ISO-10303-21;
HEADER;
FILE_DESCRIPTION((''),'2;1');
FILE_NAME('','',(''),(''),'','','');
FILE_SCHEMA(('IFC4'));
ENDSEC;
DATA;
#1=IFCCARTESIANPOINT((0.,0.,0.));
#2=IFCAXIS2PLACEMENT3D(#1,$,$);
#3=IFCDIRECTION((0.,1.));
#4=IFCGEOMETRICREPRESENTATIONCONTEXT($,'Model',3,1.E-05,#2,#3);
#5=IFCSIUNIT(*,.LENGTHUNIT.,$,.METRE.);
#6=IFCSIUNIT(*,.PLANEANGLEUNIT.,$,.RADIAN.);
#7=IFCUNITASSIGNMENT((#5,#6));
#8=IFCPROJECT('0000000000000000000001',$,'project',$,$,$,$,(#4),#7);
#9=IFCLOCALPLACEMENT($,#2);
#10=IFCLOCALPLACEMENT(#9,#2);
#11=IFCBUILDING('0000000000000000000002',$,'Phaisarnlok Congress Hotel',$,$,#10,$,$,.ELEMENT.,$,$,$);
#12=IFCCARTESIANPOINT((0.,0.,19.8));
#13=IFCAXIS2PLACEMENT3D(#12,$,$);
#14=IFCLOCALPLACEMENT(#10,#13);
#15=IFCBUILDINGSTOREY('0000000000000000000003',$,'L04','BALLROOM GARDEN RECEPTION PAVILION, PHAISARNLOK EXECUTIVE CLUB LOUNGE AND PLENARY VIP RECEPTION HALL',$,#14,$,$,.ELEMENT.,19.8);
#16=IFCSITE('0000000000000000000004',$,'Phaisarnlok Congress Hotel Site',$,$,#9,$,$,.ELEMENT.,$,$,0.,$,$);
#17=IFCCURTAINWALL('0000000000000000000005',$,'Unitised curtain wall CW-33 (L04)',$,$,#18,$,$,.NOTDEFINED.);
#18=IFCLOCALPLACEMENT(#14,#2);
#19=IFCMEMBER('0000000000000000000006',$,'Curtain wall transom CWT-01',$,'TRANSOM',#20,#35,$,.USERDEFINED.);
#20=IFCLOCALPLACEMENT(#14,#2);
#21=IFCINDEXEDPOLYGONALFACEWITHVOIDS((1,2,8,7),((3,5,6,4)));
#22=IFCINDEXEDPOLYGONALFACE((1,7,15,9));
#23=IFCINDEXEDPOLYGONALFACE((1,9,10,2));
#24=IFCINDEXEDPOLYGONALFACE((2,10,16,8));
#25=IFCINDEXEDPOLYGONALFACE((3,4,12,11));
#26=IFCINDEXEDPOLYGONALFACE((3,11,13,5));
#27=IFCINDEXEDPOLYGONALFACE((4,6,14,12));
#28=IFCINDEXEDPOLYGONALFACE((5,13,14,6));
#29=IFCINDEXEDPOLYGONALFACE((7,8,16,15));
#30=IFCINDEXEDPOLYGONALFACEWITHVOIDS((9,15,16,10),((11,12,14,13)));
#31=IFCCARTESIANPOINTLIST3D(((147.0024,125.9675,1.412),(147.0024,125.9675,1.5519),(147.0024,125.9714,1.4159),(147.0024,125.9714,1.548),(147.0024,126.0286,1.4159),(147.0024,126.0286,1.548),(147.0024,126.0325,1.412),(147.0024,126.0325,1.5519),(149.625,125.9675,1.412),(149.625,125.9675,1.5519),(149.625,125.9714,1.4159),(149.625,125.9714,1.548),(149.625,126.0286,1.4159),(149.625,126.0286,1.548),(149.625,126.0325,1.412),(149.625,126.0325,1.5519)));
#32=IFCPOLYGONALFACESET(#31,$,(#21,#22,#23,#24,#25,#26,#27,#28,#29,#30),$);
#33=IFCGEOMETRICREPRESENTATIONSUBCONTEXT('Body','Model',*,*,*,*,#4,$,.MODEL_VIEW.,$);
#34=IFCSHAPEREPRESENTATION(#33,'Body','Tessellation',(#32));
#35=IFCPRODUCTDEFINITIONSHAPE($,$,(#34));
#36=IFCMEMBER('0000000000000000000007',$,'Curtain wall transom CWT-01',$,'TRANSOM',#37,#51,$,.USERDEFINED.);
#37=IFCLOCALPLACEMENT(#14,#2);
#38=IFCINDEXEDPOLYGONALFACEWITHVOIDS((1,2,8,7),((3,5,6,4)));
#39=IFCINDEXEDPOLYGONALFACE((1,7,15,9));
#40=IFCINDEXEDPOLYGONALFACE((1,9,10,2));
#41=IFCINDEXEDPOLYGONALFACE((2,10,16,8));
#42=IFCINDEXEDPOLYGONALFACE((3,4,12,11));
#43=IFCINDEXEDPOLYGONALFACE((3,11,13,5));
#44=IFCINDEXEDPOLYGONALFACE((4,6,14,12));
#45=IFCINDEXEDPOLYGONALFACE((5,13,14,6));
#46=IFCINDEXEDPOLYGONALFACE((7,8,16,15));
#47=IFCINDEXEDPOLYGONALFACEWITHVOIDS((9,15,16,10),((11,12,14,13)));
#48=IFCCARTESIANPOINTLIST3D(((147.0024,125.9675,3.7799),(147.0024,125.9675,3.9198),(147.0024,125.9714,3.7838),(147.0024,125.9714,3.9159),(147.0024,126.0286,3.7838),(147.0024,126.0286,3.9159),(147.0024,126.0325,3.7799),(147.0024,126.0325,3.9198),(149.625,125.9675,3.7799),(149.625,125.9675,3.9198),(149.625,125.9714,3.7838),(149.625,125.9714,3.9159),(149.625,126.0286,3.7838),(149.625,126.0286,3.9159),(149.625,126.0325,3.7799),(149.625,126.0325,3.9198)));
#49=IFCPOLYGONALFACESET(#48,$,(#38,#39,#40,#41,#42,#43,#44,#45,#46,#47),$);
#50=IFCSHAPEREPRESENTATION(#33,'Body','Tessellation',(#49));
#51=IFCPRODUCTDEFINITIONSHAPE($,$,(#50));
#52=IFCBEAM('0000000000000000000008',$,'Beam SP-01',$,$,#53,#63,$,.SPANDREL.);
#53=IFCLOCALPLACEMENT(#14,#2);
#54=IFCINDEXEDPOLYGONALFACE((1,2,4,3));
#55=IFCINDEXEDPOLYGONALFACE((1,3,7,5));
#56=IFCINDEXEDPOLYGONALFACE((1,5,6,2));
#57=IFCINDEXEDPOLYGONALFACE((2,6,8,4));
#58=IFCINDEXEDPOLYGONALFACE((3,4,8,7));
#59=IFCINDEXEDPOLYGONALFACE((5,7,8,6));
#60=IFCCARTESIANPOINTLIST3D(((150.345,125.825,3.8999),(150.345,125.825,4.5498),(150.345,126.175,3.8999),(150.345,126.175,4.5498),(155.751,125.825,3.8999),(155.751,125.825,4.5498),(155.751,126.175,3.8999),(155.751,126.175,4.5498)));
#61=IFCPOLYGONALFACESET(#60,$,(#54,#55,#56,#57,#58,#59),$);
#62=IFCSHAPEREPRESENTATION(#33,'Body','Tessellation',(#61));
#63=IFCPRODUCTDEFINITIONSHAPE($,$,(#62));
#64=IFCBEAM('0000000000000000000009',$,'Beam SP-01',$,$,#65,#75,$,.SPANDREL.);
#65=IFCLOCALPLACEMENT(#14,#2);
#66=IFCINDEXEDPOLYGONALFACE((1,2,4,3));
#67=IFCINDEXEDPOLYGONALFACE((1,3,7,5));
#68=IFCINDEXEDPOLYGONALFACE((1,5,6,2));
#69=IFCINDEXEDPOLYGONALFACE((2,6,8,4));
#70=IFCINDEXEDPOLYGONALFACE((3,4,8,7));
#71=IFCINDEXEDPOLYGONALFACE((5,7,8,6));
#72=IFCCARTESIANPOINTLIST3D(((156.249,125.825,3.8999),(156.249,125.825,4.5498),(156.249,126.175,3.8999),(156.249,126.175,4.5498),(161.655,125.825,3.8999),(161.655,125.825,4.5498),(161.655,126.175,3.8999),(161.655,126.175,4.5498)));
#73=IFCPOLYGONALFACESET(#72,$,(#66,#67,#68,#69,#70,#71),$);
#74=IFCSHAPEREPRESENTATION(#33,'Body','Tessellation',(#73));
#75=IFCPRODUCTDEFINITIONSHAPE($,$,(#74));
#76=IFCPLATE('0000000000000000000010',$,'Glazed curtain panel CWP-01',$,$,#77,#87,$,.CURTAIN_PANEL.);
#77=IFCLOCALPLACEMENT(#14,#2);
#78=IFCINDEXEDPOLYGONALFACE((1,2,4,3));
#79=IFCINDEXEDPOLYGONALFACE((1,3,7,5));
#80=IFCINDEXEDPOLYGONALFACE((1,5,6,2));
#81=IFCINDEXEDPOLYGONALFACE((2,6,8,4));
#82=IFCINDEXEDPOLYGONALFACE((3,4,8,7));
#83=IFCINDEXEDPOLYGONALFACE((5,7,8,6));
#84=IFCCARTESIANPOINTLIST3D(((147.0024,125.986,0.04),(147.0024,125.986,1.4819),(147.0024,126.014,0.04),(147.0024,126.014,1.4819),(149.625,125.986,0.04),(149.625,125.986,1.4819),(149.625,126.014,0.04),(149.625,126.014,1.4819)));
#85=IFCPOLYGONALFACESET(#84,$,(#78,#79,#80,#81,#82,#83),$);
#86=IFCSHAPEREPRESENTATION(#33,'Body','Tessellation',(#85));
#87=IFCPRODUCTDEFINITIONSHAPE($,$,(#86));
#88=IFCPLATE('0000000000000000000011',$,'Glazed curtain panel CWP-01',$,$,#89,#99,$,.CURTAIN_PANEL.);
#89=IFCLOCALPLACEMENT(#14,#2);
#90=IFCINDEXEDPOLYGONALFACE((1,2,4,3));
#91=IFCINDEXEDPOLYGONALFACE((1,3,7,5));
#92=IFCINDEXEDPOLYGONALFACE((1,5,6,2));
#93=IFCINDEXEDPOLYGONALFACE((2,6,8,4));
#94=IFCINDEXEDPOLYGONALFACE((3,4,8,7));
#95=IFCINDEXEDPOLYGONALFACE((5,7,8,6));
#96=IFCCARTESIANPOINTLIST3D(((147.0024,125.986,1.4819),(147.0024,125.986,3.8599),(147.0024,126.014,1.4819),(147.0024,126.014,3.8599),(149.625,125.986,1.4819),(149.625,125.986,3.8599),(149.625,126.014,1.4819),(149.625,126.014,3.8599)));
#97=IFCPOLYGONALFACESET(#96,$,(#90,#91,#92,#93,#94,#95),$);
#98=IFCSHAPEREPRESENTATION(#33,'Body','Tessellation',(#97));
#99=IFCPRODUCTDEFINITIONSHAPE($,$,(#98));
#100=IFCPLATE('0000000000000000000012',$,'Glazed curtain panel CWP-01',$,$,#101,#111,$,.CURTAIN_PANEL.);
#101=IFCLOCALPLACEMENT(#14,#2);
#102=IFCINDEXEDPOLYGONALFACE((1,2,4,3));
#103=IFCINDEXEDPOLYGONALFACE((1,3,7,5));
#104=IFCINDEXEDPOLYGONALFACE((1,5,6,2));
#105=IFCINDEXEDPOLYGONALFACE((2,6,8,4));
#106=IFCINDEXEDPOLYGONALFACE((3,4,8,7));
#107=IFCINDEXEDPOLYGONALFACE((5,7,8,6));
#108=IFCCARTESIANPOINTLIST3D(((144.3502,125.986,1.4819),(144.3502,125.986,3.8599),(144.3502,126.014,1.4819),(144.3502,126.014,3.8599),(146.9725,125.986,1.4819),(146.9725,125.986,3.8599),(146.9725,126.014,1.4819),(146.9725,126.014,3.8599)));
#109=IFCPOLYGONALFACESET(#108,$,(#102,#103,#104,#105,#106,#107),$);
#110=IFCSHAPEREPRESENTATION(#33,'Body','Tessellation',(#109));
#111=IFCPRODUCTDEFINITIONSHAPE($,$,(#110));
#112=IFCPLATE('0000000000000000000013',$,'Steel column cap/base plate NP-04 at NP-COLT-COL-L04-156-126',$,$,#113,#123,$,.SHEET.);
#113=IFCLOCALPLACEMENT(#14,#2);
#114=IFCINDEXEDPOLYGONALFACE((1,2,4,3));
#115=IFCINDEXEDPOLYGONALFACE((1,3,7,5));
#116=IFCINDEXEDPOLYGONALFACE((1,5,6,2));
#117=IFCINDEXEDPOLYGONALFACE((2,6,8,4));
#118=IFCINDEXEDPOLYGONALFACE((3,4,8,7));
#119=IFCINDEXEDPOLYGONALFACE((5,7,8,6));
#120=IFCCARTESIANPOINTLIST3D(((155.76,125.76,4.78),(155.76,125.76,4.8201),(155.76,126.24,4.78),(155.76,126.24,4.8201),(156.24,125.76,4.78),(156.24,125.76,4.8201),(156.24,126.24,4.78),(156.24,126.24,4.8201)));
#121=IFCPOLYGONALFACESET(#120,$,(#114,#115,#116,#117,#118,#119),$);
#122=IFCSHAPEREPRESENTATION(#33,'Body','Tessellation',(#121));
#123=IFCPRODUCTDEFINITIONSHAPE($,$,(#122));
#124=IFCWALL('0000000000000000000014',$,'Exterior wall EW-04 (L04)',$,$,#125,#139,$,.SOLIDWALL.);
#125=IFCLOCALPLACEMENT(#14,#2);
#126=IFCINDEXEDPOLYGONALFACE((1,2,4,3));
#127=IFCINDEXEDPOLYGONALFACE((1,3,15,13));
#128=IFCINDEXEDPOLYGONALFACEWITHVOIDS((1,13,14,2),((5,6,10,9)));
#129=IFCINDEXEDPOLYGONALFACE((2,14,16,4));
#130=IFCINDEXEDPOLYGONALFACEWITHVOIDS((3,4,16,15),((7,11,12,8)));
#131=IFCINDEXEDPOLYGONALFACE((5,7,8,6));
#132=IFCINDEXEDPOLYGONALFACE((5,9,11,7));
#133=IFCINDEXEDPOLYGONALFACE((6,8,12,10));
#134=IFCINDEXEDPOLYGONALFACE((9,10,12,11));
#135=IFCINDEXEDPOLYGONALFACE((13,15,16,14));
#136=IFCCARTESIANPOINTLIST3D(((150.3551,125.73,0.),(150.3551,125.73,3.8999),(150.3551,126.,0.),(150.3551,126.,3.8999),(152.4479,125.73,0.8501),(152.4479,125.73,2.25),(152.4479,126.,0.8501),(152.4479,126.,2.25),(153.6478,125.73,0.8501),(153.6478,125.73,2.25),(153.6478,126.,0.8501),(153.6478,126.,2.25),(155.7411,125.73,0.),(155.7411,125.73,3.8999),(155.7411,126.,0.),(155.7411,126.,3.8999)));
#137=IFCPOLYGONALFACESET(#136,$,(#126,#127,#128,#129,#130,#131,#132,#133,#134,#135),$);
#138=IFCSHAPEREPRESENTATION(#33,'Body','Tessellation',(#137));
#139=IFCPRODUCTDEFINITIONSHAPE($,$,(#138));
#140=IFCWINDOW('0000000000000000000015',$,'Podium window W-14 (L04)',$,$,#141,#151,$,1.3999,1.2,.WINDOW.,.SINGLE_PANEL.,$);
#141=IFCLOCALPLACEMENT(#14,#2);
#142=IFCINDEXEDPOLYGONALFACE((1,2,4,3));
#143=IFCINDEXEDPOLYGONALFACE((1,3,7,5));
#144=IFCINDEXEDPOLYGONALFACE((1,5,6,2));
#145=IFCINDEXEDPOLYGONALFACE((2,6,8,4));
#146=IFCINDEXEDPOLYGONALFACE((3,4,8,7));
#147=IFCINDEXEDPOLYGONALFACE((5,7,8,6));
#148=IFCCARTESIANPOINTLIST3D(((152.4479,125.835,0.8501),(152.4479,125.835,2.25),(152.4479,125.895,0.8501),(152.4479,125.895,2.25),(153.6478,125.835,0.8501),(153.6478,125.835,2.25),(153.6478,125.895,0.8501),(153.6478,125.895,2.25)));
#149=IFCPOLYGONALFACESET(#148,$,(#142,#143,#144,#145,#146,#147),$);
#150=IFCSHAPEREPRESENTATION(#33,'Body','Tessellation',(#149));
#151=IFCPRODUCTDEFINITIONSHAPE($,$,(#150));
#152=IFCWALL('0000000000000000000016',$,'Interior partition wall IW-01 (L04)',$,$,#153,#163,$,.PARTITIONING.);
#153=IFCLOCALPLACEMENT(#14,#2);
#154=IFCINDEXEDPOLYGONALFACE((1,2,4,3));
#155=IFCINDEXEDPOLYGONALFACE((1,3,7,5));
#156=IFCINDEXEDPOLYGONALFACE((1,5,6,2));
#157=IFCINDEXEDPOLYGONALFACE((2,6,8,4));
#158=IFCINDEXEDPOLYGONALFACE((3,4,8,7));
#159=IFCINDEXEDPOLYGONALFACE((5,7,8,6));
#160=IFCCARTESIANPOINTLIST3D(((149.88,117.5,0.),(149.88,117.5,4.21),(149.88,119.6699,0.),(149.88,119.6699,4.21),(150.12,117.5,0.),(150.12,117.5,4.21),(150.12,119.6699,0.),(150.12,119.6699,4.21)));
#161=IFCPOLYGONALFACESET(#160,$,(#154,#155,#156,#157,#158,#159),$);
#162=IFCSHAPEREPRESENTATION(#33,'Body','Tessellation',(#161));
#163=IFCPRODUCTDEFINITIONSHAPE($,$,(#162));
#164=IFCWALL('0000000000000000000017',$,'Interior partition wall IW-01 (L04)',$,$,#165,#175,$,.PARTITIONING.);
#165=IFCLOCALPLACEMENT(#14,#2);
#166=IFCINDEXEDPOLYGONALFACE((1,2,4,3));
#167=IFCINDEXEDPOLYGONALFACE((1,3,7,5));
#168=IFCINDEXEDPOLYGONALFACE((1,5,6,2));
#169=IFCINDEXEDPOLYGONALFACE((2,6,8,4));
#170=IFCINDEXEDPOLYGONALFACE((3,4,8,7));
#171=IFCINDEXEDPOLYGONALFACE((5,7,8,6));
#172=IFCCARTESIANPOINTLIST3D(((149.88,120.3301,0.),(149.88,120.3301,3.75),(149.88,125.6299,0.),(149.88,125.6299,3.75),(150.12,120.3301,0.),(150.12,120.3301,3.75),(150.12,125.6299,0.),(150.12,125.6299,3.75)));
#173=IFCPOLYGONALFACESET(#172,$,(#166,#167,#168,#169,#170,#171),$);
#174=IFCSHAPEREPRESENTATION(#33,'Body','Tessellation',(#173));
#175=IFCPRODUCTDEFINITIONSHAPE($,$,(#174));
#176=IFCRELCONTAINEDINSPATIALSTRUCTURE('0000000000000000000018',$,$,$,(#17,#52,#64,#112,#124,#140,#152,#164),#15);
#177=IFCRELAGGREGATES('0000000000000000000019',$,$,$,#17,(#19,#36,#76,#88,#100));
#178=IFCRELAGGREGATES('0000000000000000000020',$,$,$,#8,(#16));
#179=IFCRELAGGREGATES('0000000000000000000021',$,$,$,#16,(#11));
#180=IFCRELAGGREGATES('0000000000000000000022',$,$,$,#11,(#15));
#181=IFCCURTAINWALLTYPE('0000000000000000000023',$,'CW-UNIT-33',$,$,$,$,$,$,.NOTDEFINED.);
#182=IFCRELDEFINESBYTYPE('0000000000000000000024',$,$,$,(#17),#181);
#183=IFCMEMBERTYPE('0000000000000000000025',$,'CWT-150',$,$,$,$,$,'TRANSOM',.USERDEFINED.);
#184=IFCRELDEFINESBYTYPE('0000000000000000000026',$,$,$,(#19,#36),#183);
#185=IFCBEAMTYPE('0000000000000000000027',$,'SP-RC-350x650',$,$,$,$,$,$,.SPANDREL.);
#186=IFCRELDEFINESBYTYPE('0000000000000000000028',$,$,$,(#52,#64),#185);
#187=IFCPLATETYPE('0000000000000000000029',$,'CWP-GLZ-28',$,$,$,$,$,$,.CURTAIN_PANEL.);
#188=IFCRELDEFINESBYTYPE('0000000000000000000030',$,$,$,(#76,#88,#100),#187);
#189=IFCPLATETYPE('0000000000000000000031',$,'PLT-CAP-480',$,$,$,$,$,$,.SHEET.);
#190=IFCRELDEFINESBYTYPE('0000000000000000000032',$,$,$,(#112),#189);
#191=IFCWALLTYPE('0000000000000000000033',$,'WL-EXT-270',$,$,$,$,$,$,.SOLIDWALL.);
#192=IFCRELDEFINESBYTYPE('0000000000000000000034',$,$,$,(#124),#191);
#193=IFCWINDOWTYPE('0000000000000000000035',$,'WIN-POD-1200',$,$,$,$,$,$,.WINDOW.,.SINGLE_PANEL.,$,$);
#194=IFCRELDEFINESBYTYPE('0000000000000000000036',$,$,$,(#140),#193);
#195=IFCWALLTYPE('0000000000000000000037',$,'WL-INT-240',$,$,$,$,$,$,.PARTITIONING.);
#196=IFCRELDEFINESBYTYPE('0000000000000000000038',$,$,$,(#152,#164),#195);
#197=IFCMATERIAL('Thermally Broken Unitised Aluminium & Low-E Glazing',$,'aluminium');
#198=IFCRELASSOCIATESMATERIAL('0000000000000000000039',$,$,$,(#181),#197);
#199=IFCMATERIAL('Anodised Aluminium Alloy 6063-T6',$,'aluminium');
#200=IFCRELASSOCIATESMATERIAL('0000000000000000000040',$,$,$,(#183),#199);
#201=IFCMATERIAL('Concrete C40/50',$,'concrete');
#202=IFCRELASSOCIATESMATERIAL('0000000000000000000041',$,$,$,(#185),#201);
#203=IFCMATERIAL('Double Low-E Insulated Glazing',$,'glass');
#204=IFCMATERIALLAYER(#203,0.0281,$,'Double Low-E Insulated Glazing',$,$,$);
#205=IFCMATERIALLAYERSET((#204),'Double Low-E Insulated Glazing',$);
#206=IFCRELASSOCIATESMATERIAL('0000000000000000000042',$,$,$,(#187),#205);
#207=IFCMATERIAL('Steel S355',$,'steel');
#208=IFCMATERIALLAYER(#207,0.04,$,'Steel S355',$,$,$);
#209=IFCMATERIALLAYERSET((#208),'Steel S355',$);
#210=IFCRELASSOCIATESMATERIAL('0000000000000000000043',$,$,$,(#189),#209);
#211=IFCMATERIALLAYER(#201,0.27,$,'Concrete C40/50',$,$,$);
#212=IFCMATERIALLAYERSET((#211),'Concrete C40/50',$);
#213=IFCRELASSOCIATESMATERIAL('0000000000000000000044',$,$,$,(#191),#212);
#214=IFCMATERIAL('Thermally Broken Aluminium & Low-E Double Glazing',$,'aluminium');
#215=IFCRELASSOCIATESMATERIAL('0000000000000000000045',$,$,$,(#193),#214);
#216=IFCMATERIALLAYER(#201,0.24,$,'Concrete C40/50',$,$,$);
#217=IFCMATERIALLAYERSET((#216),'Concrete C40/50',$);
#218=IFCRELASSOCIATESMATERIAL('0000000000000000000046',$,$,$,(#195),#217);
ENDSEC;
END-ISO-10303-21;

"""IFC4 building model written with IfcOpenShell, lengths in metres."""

from ifc_helpers import new_model, si_unit, direction, frame, frame_2d, origin, origin_2d, place, context, subcontext, project, spatial, rectangle, hollow_rectangle, extrude, material, layer, layer_set, material_profile, profile_set, type_object, element, fill, aggregate, save


model = new_model("IFC4")

# Units and contexts
model_context = context("Model", 3, precision=1e-05, world=origin(), true_north=direction((0.0, 1.0)))
body_context = subcontext(model_context, "Body", "Model", "MODEL_VIEW")
ifc_project = project(units=[si_unit("LENGTHUNIT", "METRE"), si_unit("PLANEANGLEUNIT", "RADIAN")], contexts=[model_context])

# Site, building, storey
site_placement = place(None, origin())
site = spatial("IfcSite", under=ifc_project, at=site_placement, Name="Phaisarnlok Congress Hotel Site", CompositionType="ELEMENT", RefElevation=0.0)
building_placement = place(site_placement, origin())
building = spatial("IfcBuilding", under=site, at=building_placement, Name="Phaisarnlok Congress Hotel", CompositionType="ELEMENT")
storey_placement = place(building_placement, frame((0.0, 0.0, 19.8)))
storey = spatial("IfcBuildingStorey", under=building, at=storey_placement, Name="L04", Description="BALLROOM GARDEN RECEPTION PAVILION, PHAISARNLOK EXECUTIVE CLUB LOUNGE AND PLENARY VIP RECEPTION HALL", CompositionType="ELEMENT", Elevation=19.8)

# Shared definitions
ifc_material_1 = material(Name="Steel S355", Category="steel")

# Shared definitions
ifc_material_2 = material(Name="Concrete C40/50", Category="concrete")

# Curtain wall, members
ifc_material_3 = material(Name="Thermally Broken Unitised Aluminium & Low-E Glazing", Category="aluminium")
curtain_wall_type = type_object("IfcCurtainWallType", Name="CW-UNIT-33", PredefinedType="NOTDEFINED", material=ifc_material_3)
curtain_wall_placement = place(storey_placement, origin())
curtain_wall = element("IfcCurtainWall", 1, at=curtain_wall_placement, inside=storey, type_object=curtain_wall_type, Name="Unitised curtain wall CW-33 (L04)", PredefinedType="NOTDEFINED")
ifc_material_4 = material(Name="Anodised Aluminium Alloy 6063-T6", Category="aluminium")
ifc_material_profile_1 = material_profile(ifc_material_4, hollow_rectangle(XDim=0.0649, YDim=0.1399, WallThickness=0.0039, at=origin_2d()), Name="ALU-T 65x140x4")
ifc_profile_set_1 = profile_set([ifc_material_profile_1], Name="Anodised Aluminium Alloy 6063-T6")
member_type_1 = type_object("IfcMemberType", Name="CWT-150", ElementType="TRANSOM", PredefinedType="USERDEFINED", material=ifc_profile_set_1)
member_1_placement = place(storey_placement, frame((149.625, 126.0, 1.4819), z_axis=(-1.0, 0.0, 0.0), x_axis=(0.0, -1.0, 0.0)))
member_1 = element("IfcMember", 2, at=member_1_placement, type_object=member_type_1, Name="Curtain wall transom CWT-01", ObjectType="TRANSOM", PredefinedType="USERDEFINED", context=body_context, shape_type="SweptSolid", body=[
    extrude(hollow_rectangle(XDim=0.0649, YDim=0.1399, WallThickness=0.0039, at=origin_2d()), origin(), (0.0, 0.0, 1.0), 2.6226),
])
member_2_placement = place(storey_placement, frame((149.625, 126.0, 3.8499), z_axis=(-1.0, 0.0, 0.0), x_axis=(0.0, -1.0, 0.0)))
member_2 = element("IfcMember", 3, at=member_2_placement, type_object=member_type_1, Name="Curtain wall transom CWT-01", ObjectType="TRANSOM", PredefinedType="USERDEFINED", context=body_context, shape_type="SweptSolid", body=[
    extrude(hollow_rectangle(XDim=0.0649, YDim=0.1399, WallThickness=0.0039, at=origin_2d()), origin(), (0.0, 0.0, 1.0), 2.6226),
])

# Beams
ifc_material_profile_2 = material_profile(ifc_material_2, rectangle(XDim=0.3501, YDim=0.6499, at=origin_2d()), Name="RC 350x650")
ifc_profile_set_2 = profile_set([ifc_material_profile_2], Name="Concrete C40/50")
beam_type_1 = type_object("IfcBeamType", Name="SP-RC-350x650", PredefinedType="SPANDREL", material=ifc_profile_set_2)
for number, where, z_axis, x_axis, name in (
    (4, (150.345, 126.0, 4.2249), (1.0, 0.0, 0.0), (0.0, 1.0, 0.0), "Beam SP-01"),
    (5, (156.249, 126.0, 4.2249), (1.0, 0.0, 0.0), (0.0, 1.0, 0.0), "Beam SP-01"),
):
    element("IfcBeam", number, at=place(storey_placement, frame(where, z_axis=z_axis, x_axis=x_axis)), inside=storey, type_object=beam_type_1, Name=name, PredefinedType="SPANDREL", context=body_context, shape_type="SweptSolid", body=[
        extrude(rectangle(XDim=0.3501, YDim=0.6499, at=origin_2d()), origin(), (0.0, 0.0, 1.0), 5.406),
    ])

# Plates
ifc_material_5 = material(Name="Double Low-E Insulated Glazing", Category="glass")
ifc_layer_1 = layer(ifc_material_5, 0.0281, Name="Double Low-E Insulated Glazing")
ifc_layer_set_1 = layer_set([ifc_layer_1], Name="Double Low-E Insulated Glazing")
plate_type_1 = type_object("IfcPlateType", Name="CWP-GLZ-28", PredefinedType="CURTAIN_PANEL", material=ifc_layer_set_1)
plate_1_placement = place(storey_placement, frame((149.625, 126.0, 0.04), z_axis=(0.0, 0.0, 1.0), x_axis=(-1.0, 0.0, 0.0)))
plate_1 = element("IfcPlate", 6, at=plate_1_placement, type_object=plate_type_1, Name="Glazed curtain panel CWP-01", PredefinedType="CURTAIN_PANEL", context=body_context, shape_type="SweptSolid", body=[
    extrude(rectangle(XDim=2.6226, YDim=0.0281, at=frame_2d((1.3113, 0.0))), origin(), (0.0, 0.0, 1.0), 1.4419),
])
plate_2_placement = place(storey_placement, frame((149.625, 126.0, 1.4819), z_axis=(0.0, 0.0, 1.0), x_axis=(-1.0, 0.0, 0.0)))
plate_2 = element("IfcPlate", 7, at=plate_2_placement, type_object=plate_type_1, Name="Glazed curtain panel CWP-01", PredefinedType="CURTAIN_PANEL", context=body_context, shape_type="SweptSolid", body=[
    extrude(rectangle(XDim=2.6226, YDim=0.0281, at=frame_2d((1.3113, 0.0))), origin(), (0.0, 0.0, 1.0), 2.3779),
])
plate_3_placement = place(storey_placement, frame((146.9724, 126.0, 1.4819), z_axis=(0.0, 0.0, 1.0), x_axis=(-1.0, 0.0, 0.0)))
plate_3 = element("IfcPlate", 8, at=plate_3_placement, type_object=plate_type_1, Name="Glazed curtain panel CWP-01", PredefinedType="CURTAIN_PANEL", context=body_context, shape_type="SweptSolid", body=[
    extrude(rectangle(XDim=2.6223, YDim=0.0281, at=frame_2d((1.311, 0.0))), origin(), (0.0, 0.0, 1.0), 2.3779),
])
aggregate(curtain_wall, [member_1, member_2, plate_1, plate_2, plate_3])
ifc_layer_2 = layer(ifc_material_1, 0.04, Name="Steel S355")
ifc_layer_set_2 = layer_set([ifc_layer_2], Name="Steel S355")
plate_type_2 = type_object("IfcPlateType", Name="PLT-CAP-480", PredefinedType="SHEET", material=ifc_layer_set_2)
plate_4_placement = place(storey_placement, frame((156.0, 126.0, 4.78), z_axis=(0.0, 0.0, 1.0), x_axis=(1.0, 0.0, 0.0)))
element("IfcPlate", 9, at=plate_4_placement, inside=storey, type_object=plate_type_2, Name="Steel column cap/base plate NP-04 at NP-COLT-COL-L04-156-126", PredefinedType="SHEET", context=body_context, shape_type="SweptSolid", body=[
    extrude(rectangle(XDim=0.48, YDim=0.48, at=origin_2d()), origin(), (0.0, 0.0, 1.0), 0.04),
])

# Wall, opening, window
ifc_layer_3 = layer(ifc_material_2, 0.27, Name="Concrete C40/50")
ifc_layer_set_3 = layer_set([ifc_layer_3], Name="Concrete C40/50")
wall_type_1 = type_object("IfcWallType", Name="WL-EXT-270", PredefinedType="SOLIDWALL", material=ifc_layer_set_3)
wall_1_placement = place(storey_placement, frame((155.741, 125.865, 0.0), z_axis=(0.0, 0.0, 1.0), x_axis=(-1.0, 0.0, 0.0)))
wall_1 = element("IfcWall", 10, at=wall_1_placement, inside=storey, type_object=wall_type_1, Name="Exterior wall EW-04 (L04)", PredefinedType="SOLIDWALL", context=body_context, shape_type="SweptSolid", body=[
    extrude(rectangle(XDim=5.386, YDim=0.27, at=frame_2d((2.6929, 0.0))), origin(), (0.0, 0.0, 1.0), 3.8999),
])
opening_placement = place(wall_1_placement, frame((2.093, 0.0, 0.8501)))
opening = element("IfcOpeningElement", 11, at=opening_placement, cuts=wall_1, PredefinedType="OPENING", context=body_context, shape_type="SweptSolid", body=[
    extrude(rectangle(XDim=1.2, YDim=1.3999, at=frame_2d((0.6001, 0.7))), frame((0.0, 0.145, 0.0), z_axis=(0.0, -1.0, 0.0), x_axis=(1.0, 0.0, 0.0)), (0.0, 0.0, 1.0), 0.29),
])
ifc_material_6 = material(Name="Thermally Broken Aluminium & Low-E Double Glazing", Category="aluminium")
window_type = type_object("IfcWindowType", Name="WIN-POD-1200", PartitioningType="SINGLE_PANEL", PredefinedType="WINDOW", material=ifc_material_6)
window_placement = place(opening_placement, origin())
window = element("IfcWindow", 12, at=window_placement, inside=storey, type_object=window_type, Name="Podium window W-14 (L04)", OverallHeight=1.3999, OverallWidth=1.2, PartitioningType="SINGLE_PANEL", PredefinedType="WINDOW", context=body_context, shape_type="SweptSolid", body=[
    extrude(rectangle(XDim=1.2, YDim=1.3999, at=frame_2d((0.6001, 0.7))), frame((0.0, 0.03, 0.0), z_axis=(0.0, -1.0, 0.0), x_axis=(1.0, 0.0, 0.0)), (0.0, 0.0, 1.0), 0.0601),
])
fill(opening, window)

# Walls
ifc_layer_4 = layer(ifc_material_2, 0.24, Name="Concrete C40/50")
ifc_layer_set_4 = layer_set([ifc_layer_4], Name="Concrete C40/50")
wall_type_2 = type_object("IfcWallType", Name="WL-INT-240", PredefinedType="PARTITIONING", material=ifc_layer_set_4)
wall_2_placement = place(storey_placement, frame((150.0, 117.5, 0.0), z_axis=(0.0, 0.0, 1.0), x_axis=(0.0, 1.0, 0.0)))
element("IfcWall", 13, at=wall_2_placement, inside=storey, type_object=wall_type_2, Name="Interior partition wall IW-01 (L04)", PredefinedType="PARTITIONING", context=body_context, shape_type="SweptSolid", body=[
    extrude(rectangle(XDim=2.1699, YDim=0.24, at=frame_2d((1.085, 0.0))), origin(), (0.0, 0.0, 1.0), 4.21),
])
wall_3_placement = place(storey_placement, frame((150.0, 120.3301, 0.0), z_axis=(0.0, 0.0, 1.0), x_axis=(0.0, 1.0, 0.0)))
element("IfcWall", 14, at=wall_3_placement, inside=storey, type_object=wall_type_2, Name="Interior partition wall IW-01 (L04)", PredefinedType="PARTITIONING", context=body_context, shape_type="SweptSolid", body=[
    extrude(rectangle(XDim=5.2998, YDim=0.24, at=frame_2d((2.6499, 0.0))), origin(), (0.0, 0.0, 1.0), 3.75),
])

save(model, "model.ifc")
